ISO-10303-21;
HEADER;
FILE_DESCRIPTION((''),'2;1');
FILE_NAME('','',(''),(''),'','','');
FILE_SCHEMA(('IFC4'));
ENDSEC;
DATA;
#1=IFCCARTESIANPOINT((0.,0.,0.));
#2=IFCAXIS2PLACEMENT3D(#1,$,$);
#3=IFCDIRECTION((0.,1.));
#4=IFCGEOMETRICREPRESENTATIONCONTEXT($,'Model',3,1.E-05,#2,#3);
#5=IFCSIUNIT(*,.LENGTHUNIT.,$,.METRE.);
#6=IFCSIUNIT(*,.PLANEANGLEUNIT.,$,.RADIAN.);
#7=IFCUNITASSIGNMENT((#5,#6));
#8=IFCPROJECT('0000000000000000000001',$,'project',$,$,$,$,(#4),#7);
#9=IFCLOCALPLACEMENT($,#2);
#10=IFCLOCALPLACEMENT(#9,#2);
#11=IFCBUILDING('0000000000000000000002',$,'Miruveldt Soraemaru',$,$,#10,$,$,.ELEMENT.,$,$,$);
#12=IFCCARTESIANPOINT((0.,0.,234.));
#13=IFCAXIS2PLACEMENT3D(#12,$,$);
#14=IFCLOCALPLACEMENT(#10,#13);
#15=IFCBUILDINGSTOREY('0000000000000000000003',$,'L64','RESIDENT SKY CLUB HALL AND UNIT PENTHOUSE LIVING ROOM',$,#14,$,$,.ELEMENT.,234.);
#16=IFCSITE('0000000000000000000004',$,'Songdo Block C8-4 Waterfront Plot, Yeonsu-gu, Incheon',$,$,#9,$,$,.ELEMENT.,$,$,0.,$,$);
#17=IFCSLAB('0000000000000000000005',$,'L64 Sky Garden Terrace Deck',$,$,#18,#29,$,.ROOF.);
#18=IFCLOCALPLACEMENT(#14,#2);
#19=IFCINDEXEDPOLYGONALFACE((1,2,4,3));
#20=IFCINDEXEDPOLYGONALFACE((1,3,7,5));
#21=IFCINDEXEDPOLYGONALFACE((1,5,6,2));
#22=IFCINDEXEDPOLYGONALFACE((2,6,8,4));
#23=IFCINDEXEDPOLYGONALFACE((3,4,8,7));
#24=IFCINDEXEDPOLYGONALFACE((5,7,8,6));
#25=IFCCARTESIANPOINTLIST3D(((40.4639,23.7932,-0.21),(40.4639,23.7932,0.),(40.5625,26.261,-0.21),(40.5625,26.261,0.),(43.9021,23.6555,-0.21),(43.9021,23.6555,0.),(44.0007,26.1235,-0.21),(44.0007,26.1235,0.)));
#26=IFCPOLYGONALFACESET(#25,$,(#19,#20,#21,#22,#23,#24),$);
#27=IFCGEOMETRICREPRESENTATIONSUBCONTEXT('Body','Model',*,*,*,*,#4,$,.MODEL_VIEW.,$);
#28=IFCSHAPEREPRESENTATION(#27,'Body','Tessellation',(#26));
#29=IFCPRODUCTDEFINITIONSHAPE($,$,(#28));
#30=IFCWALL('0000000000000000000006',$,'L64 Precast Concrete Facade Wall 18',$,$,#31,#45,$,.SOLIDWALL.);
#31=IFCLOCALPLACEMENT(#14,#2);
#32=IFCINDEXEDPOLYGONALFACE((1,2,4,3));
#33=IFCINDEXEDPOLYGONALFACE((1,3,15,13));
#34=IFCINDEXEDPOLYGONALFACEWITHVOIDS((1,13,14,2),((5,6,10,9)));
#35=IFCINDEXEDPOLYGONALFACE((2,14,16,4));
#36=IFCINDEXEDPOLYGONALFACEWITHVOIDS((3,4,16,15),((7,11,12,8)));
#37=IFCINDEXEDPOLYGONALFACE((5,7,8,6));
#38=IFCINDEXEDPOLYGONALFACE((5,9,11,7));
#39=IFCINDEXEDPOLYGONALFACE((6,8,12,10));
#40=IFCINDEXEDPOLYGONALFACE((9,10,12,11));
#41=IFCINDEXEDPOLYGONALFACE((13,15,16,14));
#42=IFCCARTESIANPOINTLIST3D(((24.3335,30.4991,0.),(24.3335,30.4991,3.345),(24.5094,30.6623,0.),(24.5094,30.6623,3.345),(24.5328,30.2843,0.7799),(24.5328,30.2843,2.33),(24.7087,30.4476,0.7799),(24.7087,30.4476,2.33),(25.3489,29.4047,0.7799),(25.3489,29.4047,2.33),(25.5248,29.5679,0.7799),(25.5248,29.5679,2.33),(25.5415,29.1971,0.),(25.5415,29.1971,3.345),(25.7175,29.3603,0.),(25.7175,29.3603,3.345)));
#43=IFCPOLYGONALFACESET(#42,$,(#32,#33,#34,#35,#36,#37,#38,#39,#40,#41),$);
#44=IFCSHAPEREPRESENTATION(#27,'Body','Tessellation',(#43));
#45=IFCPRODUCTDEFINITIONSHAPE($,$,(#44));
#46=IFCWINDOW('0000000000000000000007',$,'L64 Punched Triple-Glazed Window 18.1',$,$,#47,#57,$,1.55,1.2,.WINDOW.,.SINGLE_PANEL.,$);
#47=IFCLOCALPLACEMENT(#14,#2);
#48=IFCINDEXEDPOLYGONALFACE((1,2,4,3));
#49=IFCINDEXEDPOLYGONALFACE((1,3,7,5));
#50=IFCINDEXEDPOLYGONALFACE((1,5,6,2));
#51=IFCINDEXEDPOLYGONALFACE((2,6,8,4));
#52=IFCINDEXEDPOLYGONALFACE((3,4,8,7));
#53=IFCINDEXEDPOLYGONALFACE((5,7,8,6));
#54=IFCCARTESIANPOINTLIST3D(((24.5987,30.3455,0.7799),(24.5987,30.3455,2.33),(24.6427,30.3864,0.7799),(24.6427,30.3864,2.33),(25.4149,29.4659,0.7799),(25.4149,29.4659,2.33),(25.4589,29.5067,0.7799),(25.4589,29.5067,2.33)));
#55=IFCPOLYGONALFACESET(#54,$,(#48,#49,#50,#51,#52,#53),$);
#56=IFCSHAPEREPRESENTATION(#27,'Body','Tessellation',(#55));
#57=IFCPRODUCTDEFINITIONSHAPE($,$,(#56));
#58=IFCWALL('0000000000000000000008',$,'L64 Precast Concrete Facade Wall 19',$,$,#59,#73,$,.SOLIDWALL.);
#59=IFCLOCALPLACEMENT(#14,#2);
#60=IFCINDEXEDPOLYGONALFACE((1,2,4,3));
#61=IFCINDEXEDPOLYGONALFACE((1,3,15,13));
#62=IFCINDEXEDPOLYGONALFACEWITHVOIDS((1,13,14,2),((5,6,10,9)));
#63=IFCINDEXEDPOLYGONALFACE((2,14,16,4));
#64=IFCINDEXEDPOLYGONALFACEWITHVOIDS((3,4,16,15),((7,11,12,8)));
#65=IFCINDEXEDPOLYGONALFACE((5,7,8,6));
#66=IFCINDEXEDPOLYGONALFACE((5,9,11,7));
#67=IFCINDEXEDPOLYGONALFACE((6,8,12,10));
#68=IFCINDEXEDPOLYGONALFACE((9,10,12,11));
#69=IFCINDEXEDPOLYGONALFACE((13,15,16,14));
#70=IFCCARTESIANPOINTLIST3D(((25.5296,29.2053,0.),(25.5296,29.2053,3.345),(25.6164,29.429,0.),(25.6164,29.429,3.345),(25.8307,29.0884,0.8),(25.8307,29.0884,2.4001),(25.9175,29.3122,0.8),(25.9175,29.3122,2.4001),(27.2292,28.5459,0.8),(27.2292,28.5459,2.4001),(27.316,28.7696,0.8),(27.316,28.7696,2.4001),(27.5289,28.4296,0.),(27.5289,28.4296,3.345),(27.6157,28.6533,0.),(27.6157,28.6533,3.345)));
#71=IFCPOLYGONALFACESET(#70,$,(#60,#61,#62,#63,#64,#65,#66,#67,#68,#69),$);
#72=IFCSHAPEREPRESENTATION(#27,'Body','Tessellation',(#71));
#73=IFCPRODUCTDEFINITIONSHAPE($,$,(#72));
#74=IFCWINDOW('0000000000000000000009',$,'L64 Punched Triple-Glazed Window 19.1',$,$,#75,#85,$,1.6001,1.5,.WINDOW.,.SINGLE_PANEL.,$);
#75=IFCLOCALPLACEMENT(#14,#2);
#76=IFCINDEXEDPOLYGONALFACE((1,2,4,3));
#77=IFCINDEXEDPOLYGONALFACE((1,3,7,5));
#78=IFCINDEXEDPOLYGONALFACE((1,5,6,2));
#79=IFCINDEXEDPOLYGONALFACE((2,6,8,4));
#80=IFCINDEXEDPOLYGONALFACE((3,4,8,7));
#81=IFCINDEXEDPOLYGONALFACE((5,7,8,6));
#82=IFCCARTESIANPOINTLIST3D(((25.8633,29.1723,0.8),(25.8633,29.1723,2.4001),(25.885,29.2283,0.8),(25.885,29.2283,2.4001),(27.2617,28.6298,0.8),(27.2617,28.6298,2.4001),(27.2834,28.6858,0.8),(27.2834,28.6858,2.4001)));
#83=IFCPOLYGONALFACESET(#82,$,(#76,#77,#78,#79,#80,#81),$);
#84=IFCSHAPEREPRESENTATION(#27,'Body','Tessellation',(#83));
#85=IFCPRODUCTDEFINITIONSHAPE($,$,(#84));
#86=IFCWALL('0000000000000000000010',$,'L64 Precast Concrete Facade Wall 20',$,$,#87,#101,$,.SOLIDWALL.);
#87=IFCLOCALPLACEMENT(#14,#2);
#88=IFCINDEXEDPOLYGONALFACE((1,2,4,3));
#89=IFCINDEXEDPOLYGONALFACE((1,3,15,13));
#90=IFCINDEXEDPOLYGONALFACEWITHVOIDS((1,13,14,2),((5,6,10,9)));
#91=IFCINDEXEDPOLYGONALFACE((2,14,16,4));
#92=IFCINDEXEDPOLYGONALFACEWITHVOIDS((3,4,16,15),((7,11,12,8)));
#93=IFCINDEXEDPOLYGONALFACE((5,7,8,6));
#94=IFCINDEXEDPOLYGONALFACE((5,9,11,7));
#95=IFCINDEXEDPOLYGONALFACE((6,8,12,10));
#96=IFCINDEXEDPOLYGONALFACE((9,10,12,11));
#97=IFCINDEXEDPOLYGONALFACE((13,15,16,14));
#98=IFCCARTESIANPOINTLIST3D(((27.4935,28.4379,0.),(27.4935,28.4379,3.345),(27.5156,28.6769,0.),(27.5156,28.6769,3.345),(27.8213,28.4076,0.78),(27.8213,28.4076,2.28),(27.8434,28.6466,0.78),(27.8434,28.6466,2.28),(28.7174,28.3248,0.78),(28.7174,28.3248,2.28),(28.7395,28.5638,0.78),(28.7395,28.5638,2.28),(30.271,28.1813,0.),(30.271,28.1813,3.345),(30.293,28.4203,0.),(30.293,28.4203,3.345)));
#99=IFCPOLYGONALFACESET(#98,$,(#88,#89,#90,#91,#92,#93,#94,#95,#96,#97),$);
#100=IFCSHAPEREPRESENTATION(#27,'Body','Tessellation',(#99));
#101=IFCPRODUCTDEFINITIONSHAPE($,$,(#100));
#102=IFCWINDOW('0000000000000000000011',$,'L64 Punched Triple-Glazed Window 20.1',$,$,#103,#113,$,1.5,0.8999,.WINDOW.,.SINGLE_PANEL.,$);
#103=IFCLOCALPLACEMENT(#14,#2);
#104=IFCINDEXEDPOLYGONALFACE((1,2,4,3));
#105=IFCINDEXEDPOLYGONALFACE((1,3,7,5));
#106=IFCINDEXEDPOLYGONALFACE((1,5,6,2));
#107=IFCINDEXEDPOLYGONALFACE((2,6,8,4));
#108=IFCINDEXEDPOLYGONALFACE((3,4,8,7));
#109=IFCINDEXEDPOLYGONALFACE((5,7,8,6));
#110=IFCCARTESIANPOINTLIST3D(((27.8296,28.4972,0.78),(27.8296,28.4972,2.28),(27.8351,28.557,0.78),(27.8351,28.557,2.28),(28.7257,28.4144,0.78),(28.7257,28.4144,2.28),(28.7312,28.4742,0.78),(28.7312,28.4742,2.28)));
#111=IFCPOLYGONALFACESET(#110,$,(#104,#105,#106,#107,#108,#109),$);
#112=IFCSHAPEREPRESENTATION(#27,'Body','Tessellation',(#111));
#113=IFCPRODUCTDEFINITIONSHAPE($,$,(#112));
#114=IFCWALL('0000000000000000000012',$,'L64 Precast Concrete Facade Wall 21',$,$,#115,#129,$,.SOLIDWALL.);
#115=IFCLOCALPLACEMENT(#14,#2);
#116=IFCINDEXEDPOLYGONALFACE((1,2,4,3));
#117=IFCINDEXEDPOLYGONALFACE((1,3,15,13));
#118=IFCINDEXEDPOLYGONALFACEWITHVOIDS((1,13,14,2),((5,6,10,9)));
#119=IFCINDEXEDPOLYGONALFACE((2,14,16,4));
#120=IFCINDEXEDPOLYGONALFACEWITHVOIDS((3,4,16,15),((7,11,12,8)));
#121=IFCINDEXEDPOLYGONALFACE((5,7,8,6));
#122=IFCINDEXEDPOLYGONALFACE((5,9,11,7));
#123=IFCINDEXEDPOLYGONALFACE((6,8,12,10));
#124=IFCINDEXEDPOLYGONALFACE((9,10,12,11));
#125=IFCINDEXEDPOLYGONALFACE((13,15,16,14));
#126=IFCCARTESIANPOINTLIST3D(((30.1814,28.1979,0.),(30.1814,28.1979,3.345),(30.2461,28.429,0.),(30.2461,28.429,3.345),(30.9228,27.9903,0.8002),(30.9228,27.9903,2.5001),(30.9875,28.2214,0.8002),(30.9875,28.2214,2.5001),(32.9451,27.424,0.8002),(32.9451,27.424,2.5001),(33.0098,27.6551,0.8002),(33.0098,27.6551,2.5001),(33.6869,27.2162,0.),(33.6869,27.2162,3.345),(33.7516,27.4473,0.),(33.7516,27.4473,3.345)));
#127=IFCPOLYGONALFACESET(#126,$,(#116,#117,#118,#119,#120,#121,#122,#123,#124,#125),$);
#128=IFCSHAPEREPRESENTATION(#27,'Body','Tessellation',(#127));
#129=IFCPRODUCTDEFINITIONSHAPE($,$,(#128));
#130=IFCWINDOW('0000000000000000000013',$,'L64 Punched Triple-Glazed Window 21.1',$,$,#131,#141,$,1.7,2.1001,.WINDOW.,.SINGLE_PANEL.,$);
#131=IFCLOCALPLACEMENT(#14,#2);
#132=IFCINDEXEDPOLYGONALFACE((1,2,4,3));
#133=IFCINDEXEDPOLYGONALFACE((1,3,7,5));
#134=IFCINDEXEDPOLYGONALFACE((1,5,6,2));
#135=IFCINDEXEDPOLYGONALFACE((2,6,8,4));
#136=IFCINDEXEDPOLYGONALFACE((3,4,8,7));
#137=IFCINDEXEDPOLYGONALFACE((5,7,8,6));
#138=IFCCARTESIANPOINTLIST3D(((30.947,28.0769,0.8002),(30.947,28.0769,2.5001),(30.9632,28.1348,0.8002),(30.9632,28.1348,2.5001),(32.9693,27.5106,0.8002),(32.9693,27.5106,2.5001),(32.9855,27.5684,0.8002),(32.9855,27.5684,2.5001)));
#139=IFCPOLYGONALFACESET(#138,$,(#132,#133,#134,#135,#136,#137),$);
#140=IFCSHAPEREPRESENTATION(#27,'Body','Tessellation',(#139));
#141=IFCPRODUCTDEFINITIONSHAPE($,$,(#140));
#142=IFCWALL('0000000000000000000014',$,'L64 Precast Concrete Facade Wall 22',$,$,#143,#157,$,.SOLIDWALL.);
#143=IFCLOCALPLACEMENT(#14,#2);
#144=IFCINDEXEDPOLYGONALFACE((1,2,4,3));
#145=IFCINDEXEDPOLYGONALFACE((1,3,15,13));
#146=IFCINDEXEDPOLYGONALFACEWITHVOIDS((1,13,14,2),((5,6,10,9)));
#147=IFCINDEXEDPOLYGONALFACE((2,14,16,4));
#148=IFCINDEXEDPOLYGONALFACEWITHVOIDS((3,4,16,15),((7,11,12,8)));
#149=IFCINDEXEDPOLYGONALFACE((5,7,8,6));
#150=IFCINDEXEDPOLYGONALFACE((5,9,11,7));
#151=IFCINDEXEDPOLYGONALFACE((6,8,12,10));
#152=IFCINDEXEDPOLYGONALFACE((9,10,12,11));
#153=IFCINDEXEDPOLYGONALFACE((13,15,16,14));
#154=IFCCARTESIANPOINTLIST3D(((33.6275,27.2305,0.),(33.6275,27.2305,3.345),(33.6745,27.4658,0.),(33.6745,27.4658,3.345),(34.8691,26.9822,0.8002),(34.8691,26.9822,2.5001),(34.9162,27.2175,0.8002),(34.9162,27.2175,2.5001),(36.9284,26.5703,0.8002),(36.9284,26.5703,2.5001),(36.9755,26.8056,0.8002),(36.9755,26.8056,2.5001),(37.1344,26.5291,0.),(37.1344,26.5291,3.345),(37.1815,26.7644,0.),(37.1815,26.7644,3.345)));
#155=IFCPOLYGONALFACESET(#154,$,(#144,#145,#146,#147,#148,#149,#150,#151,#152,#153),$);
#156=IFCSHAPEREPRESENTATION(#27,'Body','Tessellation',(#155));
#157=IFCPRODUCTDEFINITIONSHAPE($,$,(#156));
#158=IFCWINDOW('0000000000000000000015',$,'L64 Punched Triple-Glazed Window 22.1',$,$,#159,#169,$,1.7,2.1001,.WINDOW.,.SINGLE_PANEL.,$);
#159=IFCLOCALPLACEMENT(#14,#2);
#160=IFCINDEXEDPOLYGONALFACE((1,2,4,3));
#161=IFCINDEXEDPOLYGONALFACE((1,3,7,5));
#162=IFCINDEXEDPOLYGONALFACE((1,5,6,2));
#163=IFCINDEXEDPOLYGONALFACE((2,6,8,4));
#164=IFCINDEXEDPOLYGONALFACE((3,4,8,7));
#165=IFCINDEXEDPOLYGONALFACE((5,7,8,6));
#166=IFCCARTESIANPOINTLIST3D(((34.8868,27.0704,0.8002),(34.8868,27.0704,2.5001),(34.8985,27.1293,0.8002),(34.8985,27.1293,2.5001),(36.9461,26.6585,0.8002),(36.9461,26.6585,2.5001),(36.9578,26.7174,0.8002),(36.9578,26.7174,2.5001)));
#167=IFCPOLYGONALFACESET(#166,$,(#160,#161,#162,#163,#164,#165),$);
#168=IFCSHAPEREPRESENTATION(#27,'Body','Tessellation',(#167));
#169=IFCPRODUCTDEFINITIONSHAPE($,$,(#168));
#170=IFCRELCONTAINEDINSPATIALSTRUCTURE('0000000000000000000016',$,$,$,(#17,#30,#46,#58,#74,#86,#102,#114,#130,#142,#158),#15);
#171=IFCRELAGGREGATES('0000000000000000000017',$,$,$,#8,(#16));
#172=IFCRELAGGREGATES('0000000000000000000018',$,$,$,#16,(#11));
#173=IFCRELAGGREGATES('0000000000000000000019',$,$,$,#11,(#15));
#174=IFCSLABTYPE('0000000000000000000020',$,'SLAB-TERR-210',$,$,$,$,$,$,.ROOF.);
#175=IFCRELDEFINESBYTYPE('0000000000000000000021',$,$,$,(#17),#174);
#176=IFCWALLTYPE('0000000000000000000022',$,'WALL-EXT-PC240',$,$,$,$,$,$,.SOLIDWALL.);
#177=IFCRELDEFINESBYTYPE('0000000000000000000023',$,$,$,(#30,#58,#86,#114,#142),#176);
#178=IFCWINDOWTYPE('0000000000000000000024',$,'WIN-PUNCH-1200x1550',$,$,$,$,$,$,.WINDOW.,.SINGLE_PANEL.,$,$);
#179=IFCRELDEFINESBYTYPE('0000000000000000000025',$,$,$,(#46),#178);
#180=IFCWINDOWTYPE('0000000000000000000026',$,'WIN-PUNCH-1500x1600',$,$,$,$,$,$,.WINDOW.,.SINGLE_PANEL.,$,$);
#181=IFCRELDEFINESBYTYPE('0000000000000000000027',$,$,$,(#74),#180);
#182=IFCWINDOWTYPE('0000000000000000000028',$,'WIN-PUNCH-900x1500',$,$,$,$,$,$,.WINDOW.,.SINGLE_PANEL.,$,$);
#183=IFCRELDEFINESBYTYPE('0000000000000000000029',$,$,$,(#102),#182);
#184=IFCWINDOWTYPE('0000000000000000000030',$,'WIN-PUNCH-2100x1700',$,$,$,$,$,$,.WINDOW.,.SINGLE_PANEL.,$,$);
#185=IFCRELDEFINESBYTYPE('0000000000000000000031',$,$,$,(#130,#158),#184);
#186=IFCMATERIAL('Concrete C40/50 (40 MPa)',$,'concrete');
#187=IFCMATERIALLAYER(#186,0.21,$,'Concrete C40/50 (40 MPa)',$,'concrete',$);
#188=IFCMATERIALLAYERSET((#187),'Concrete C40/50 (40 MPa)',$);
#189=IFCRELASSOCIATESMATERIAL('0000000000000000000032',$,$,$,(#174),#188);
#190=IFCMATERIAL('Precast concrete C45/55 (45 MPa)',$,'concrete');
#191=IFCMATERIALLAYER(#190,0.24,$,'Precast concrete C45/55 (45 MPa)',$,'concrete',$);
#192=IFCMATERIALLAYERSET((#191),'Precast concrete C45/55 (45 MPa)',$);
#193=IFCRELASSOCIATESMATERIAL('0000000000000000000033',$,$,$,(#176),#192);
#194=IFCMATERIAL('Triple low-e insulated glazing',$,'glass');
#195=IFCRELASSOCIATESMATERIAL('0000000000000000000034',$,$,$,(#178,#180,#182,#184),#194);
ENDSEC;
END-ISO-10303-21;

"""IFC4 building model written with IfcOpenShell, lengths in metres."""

from ifc_helpers import new_model, si_unit, direction, frame, frame_2d, origin, place, context, subcontext, project, spatial, polyline, rectangle, outline, extrude, material, layer, layer_set, type_object, element, fill, save


model = new_model("IFC4")

# Units and contexts
model_context = context("Model", 3, precision=1e-05, world=origin(), true_north=direction((0.0, 1.0)))
body_context = subcontext(model_context, "Body", "Model", "MODEL_VIEW")
ifc_project = project(units=[si_unit("LENGTHUNIT", "METRE"), si_unit("PLANEANGLEUNIT", "RADIAN")], contexts=[model_context])

# Site, building, storey
site_placement = place(None, origin())
site = spatial("IfcSite", under=ifc_project, at=site_placement, Name="Songdo Block C8-4 Waterfront Plot, Yeonsu-gu, Incheon", CompositionType="ELEMENT", RefElevation=0.0)
building_placement = place(site_placement, origin())
building = spatial("IfcBuilding", under=site, at=building_placement, Name="Miruveldt Soraemaru", CompositionType="ELEMENT")
storey_placement = place(building_placement, frame((0.0, 0.0, 234.0)))
storey = spatial("IfcBuildingStorey", under=building, at=storey_placement, Name="L64", Description="RESIDENT SKY CLUB HALL AND UNIT PENTHOUSE LIVING ROOM", CompositionType="ELEMENT", Elevation=234.0)

# Shared definitions
ifc_material_1 = material(Name="Concrete C40/50 (40 MPa)", Category="concrete")

# Slab
ifc_material_2 = material(Name="Precast concrete C45/55 (45 MPa)", Category="concrete")
ifc_layer_1 = layer(ifc_material_1, 0.21, Name="Concrete C40/50 (40 MPa)", Category="concrete")
ifc_layer_set_1 = layer_set([ifc_layer_1], Name="Concrete C40/50 (40 MPa)")
slab_type_1 = type_object("IfcSlabType", Name="SLAB-TERR-210", PredefinedType="ROOF", material=ifc_layer_set_1)
slab_1_placement = place(storey_placement, frame((0.0, 0.0, -0.21)))
element("IfcSlab", 1, at=slab_1_placement, inside=storey, type_object=slab_type_1, Name="L64 Sky Garden Terrace Deck", PredefinedType="ROOF", context=body_context, shape_type="SweptSolid", body=[
    extrude(outline(polyline([(40.5625, 26.261), (44.0007, 26.1235), (43.9021, 23.6555), (40.4639, 23.7932), (40.5625, 26.261)])), origin(), (0.0, 0.0, 1.0), 0.21),
])

# Walls, openings, windows
ifc_layer_2 = layer(ifc_material_2, 0.24, Name="Precast concrete C45/55 (45 MPa)", Category="concrete")
ifc_layer_set_2 = layer_set([ifc_layer_2], Name="Precast concrete C45/55 (45 MPa)")
wall_type_1 = type_object("IfcWallType", Name="WALL-EXT-PC240", PredefinedType="SOLIDWALL", material=ifc_layer_set_2)
wall_1_placement = place(storey_placement, frame((24.4214, 30.5808, 0.0), z_axis=(0.0, 0.0, 1.0), x_axis=(0.680151, -0.733072, 0.0)))
wall_1 = element("IfcWall", 2, at=wall_1_placement, inside=storey, type_object=wall_type_1, Name="L64 Precast Concrete Facade Wall 18", PredefinedType="SOLIDWALL", context=body_context, shape_type="SweptSolid", body=[
    extrude(rectangle(XDim=1.7761, YDim=0.24, at=frame_2d((0.8882, 0.0))), origin(), (0.0, 0.0, 1.0), 3.345),
])
opening_1_placement = place(wall_1_placement, frame((0.293, 0.0, 0.78)))
opening_1 = element("IfcOpeningElement", 3, at=opening_1_placement, cuts=wall_1, PredefinedType="OPENING", context=body_context, shape_type="SweptSolid", body=[
    extrude(rectangle(XDim=1.2, YDim=1.55, at=frame_2d((0.6001, 0.7749))), frame((0.0, 0.1299, 0.0), z_axis=(0.0, -1.0, 0.0), x_axis=(1.0, 0.0, 0.0)), (0.0, 0.0, 1.0), 0.26),
])
ifc_material_3 = material(Name="Triple low-e insulated glazing", Category="glass")
window_type_1 = type_object("IfcWindowType", Name="WIN-PUNCH-1200x1550", PartitioningType="SINGLE_PANEL", PredefinedType="WINDOW", material=ifc_material_3)
window_1_placement = place(opening_1_placement, origin())
window_1 = element("IfcWindow", 4, at=window_1_placement, inside=storey, type_object=window_type_1, Name="L64 Punched Triple-Glazed Window 18.1", OverallHeight=1.55, OverallWidth=1.2, PartitioningType="SINGLE_PANEL", PredefinedType="WINDOW", context=body_context, shape_type="SweptSolid", body=[
    extrude(rectangle(XDim=1.2, YDim=1.55, at=frame_2d((0.6001, 0.7749))), frame((0.0, 0.03, 0.0), z_axis=(0.0, -1.0, 0.0), x_axis=(1.0, 0.0, 0.0)), (0.0, 0.0, 1.0), 0.0601),
])
fill(opening_1, window_1)
wall_2_placement = place(storey_placement, frame((25.573, 29.3171, 0.0), z_axis=(0.0, 0.0, 1.0), x_axis=(0.932297, -0.361693, 0.0)))
wall_2 = element("IfcWall", 5, at=wall_2_placement, inside=storey, type_object=wall_type_1, Name="L64 Precast Concrete Facade Wall 19", PredefinedType="SOLIDWALL", context=body_context, shape_type="SweptSolid", body=[
    extrude(rectangle(XDim=2.1445, YDim=0.24, at=frame_2d((1.0723, 0.0))), origin(), (0.0, 0.0, 1.0), 3.345),
])
opening_2_placement = place(wall_2_placement, frame((0.323, 0.0, 0.8)))
opening_2 = element("IfcOpeningElement", 6, at=opening_2_placement, cuts=wall_2, PredefinedType="OPENING", context=body_context, shape_type="SweptSolid", body=[
    extrude(rectangle(XDim=1.5, YDim=1.6001, at=frame_2d((0.75, 0.8))), frame((0.0, 0.1299, 0.0), z_axis=(0.0, -1.0, 0.0), x_axis=(1.0, 0.0, 0.0)), (0.0, 0.0, 1.0), 0.26),
])
window_type_2 = type_object("IfcWindowType", Name="WIN-PUNCH-1500x1600", PartitioningType="SINGLE_PANEL", PredefinedType="WINDOW", material=ifc_material_3)
window_2_placement = place(opening_2_placement, origin())
window_2 = element("IfcWindow", 7, at=window_2_placement, inside=storey, type_object=window_type_2, Name="L64 Punched Triple-Glazed Window 19.1", OverallHeight=1.6001, OverallWidth=1.5, PartitioningType="SINGLE_PANEL", PredefinedType="WINDOW", context=body_context, shape_type="SweptSolid", body=[
    extrude(rectangle(XDim=1.5, YDim=1.6001, at=frame_2d((0.75, 0.8))), frame((0.0, 0.03, 0.0), z_axis=(0.0, -1.0, 0.0), x_axis=(1.0, 0.0, 0.0)), (0.0, 0.0, 1.0), 0.0601),
])
fill(opening_2, window_2)
wall_3_placement = place(storey_placement, frame((27.5046, 28.5574, 0.0), z_axis=(0.0, 0.0, 1.0), x_axis=(0.99576, -0.091988, 0.0)))
wall_3 = element("IfcWall", 8, at=wall_3_placement, inside=storey, type_object=wall_type_1, Name="L64 Precast Concrete Facade Wall 20", PredefinedType="SOLIDWALL", context=body_context, shape_type="SweptSolid", body=[
    extrude(rectangle(XDim=2.7893, YDim=0.24, at=frame_2d((1.3945, 0.0))), origin(), (0.0, 0.0, 1.0), 3.345),
])
opening_3_placement = place(wall_3_placement, frame((0.3291, 0.0, 0.78)))
opening_3 = element("IfcOpeningElement", 9, at=opening_3_placement, cuts=wall_3, PredefinedType="OPENING", context=body_context, shape_type="SweptSolid", body=[
    extrude(rectangle(XDim=0.8999, YDim=1.5, at=frame_2d((0.45, 0.75))), frame((0.0, 0.1299, 0.0), z_axis=(0.0, -1.0, 0.0), x_axis=(1.0, 0.0, 0.0)), (0.0, 0.0, 1.0), 0.26),
])
window_type_3 = type_object("IfcWindowType", Name="WIN-PUNCH-900x1500", PartitioningType="SINGLE_PANEL", PredefinedType="WINDOW", material=ifc_material_3)
window_3_placement = place(opening_3_placement, origin())
window_3 = element("IfcWindow", 10, at=window_3_placement, inside=storey, type_object=window_type_3, Name="L64 Punched Triple-Glazed Window 20.1", OverallHeight=1.5, OverallWidth=0.8999, PartitioningType="SINGLE_PANEL", PredefinedType="WINDOW", context=body_context, shape_type="SweptSolid", body=[
    extrude(rectangle(XDim=0.8999, YDim=1.5, at=frame_2d((0.45, 0.75))), frame((0.0, 0.03, 0.0), z_axis=(0.0, -1.0, 0.0), x_axis=(1.0, 0.0, 0.0)), (0.0, 0.0, 1.0), 0.0601),
])
fill(opening_3, window_3)
wall_4_placement = place(storey_placement, frame((30.2136, 28.3135, 0.0), z_axis=(0.0, 0.0, 1.0), x_axis=(0.962956, -0.26966, 0.0)))
wall_4 = element("IfcWall", 11, at=wall_4_placement, inside=storey, type_object=wall_type_1, Name="L64 Precast Concrete Facade Wall 21", PredefinedType="SOLIDWALL", context=body_context, shape_type="SweptSolid", body=[
    extrude(rectangle(XDim=3.6404, YDim=0.24, at=frame_2d((1.8203, 0.0))), origin(), (0.0, 0.0, 1.0), 3.345),
])
opening_4_placement = place(wall_4_placement, frame((0.77, 0.0, 0.8)))
opening_4 = element("IfcOpeningElement", 12, at=opening_4_placement, cuts=wall_4, PredefinedType="OPENING", context=body_context, shape_type="SweptSolid", body=[
    extrude(rectangle(XDim=2.1001, YDim=1.7, at=frame_2d((1.05, 0.8501))), frame((0.0, 0.1299, 0.0), z_axis=(0.0, -1.0, 0.0), x_axis=(1.0, 0.0, 0.0)), (0.0, 0.0, 1.0), 0.26),
])
window_type_4 = type_object("IfcWindowType", Name="WIN-PUNCH-2100x1700", PartitioningType="SINGLE_PANEL", PredefinedType="WINDOW", material=ifc_material_3)
window_4_placement = place(opening_4_placement, origin())
window_4 = element("IfcWindow", 13, at=window_4_placement, inside=storey, type_object=window_type_4, Name="L64 Punched Triple-Glazed Window 21.1", OverallHeight=1.7, OverallWidth=2.1001, PartitioningType="SINGLE_PANEL", PredefinedType="WINDOW", context=body_context, shape_type="SweptSolid", body=[
    extrude(rectangle(XDim=2.1001, YDim=1.7, at=frame_2d((1.05, 0.8501))), frame((0.0, 0.03, 0.0), z_axis=(0.0, -1.0, 0.0), x_axis=(1.0, 0.0, 0.0)), (0.0, 0.0, 1.0), 0.0601),
])
fill(opening_4, window_4)
wall_5_placement = place(storey_placement, frame((33.6511, 27.3481, 0.0), z_axis=(0.0, 0.0, 1.0), x_axis=(0.980578, -0.196129, 0.0)))
wall_5 = element("IfcWall", 14, at=wall_5_placement, inside=storey, type_object=wall_type_1, Name="L64 Precast Concrete Facade Wall 22", PredefinedType="SOLIDWALL", context=body_context, shape_type="SweptSolid", body=[
    extrude(rectangle(XDim=3.5764, YDim=0.24, at=frame_2d((1.7881, 0.0))), origin(), (0.0, 0.0, 1.0), 3.345),
])
opening_5_placement = place(wall_5_placement, frame((1.2661, 0.0, 0.8)))
opening_5 = element("IfcOpeningElement", 15, at=opening_5_placement, cuts=wall_5, PredefinedType="OPENING", context=body_context, shape_type="SweptSolid", body=[
    extrude(rectangle(XDim=2.1001, YDim=1.7, at=frame_2d((1.05, 0.8501))), frame((0.0, 0.1299, 0.0), z_axis=(0.0, -1.0, 0.0), x_axis=(1.0, 0.0, 0.0)), (0.0, 0.0, 1.0), 0.26),
])
window_5_placement = place(opening_5_placement, origin())
window_5 = element("IfcWindow", 16, at=window_5_placement, inside=storey, type_object=window_type_4, Name="L64 Punched Triple-Glazed Window 22.1", OverallHeight=1.7, OverallWidth=2.1001, PartitioningType="SINGLE_PANEL", PredefinedType="WINDOW", context=body_context, shape_type="SweptSolid", body=[
    extrude(rectangle(XDim=2.1001, YDim=1.7, at=frame_2d((1.05, 0.8501))), frame((0.0, 0.03, 0.0), z_axis=(0.0, -1.0, 0.0), x_axis=(1.0, 0.0, 0.0)), (0.0, 0.0, 1.0), 0.0601),
])
fill(opening_5, window_5)

save(model, "model.ifc")
